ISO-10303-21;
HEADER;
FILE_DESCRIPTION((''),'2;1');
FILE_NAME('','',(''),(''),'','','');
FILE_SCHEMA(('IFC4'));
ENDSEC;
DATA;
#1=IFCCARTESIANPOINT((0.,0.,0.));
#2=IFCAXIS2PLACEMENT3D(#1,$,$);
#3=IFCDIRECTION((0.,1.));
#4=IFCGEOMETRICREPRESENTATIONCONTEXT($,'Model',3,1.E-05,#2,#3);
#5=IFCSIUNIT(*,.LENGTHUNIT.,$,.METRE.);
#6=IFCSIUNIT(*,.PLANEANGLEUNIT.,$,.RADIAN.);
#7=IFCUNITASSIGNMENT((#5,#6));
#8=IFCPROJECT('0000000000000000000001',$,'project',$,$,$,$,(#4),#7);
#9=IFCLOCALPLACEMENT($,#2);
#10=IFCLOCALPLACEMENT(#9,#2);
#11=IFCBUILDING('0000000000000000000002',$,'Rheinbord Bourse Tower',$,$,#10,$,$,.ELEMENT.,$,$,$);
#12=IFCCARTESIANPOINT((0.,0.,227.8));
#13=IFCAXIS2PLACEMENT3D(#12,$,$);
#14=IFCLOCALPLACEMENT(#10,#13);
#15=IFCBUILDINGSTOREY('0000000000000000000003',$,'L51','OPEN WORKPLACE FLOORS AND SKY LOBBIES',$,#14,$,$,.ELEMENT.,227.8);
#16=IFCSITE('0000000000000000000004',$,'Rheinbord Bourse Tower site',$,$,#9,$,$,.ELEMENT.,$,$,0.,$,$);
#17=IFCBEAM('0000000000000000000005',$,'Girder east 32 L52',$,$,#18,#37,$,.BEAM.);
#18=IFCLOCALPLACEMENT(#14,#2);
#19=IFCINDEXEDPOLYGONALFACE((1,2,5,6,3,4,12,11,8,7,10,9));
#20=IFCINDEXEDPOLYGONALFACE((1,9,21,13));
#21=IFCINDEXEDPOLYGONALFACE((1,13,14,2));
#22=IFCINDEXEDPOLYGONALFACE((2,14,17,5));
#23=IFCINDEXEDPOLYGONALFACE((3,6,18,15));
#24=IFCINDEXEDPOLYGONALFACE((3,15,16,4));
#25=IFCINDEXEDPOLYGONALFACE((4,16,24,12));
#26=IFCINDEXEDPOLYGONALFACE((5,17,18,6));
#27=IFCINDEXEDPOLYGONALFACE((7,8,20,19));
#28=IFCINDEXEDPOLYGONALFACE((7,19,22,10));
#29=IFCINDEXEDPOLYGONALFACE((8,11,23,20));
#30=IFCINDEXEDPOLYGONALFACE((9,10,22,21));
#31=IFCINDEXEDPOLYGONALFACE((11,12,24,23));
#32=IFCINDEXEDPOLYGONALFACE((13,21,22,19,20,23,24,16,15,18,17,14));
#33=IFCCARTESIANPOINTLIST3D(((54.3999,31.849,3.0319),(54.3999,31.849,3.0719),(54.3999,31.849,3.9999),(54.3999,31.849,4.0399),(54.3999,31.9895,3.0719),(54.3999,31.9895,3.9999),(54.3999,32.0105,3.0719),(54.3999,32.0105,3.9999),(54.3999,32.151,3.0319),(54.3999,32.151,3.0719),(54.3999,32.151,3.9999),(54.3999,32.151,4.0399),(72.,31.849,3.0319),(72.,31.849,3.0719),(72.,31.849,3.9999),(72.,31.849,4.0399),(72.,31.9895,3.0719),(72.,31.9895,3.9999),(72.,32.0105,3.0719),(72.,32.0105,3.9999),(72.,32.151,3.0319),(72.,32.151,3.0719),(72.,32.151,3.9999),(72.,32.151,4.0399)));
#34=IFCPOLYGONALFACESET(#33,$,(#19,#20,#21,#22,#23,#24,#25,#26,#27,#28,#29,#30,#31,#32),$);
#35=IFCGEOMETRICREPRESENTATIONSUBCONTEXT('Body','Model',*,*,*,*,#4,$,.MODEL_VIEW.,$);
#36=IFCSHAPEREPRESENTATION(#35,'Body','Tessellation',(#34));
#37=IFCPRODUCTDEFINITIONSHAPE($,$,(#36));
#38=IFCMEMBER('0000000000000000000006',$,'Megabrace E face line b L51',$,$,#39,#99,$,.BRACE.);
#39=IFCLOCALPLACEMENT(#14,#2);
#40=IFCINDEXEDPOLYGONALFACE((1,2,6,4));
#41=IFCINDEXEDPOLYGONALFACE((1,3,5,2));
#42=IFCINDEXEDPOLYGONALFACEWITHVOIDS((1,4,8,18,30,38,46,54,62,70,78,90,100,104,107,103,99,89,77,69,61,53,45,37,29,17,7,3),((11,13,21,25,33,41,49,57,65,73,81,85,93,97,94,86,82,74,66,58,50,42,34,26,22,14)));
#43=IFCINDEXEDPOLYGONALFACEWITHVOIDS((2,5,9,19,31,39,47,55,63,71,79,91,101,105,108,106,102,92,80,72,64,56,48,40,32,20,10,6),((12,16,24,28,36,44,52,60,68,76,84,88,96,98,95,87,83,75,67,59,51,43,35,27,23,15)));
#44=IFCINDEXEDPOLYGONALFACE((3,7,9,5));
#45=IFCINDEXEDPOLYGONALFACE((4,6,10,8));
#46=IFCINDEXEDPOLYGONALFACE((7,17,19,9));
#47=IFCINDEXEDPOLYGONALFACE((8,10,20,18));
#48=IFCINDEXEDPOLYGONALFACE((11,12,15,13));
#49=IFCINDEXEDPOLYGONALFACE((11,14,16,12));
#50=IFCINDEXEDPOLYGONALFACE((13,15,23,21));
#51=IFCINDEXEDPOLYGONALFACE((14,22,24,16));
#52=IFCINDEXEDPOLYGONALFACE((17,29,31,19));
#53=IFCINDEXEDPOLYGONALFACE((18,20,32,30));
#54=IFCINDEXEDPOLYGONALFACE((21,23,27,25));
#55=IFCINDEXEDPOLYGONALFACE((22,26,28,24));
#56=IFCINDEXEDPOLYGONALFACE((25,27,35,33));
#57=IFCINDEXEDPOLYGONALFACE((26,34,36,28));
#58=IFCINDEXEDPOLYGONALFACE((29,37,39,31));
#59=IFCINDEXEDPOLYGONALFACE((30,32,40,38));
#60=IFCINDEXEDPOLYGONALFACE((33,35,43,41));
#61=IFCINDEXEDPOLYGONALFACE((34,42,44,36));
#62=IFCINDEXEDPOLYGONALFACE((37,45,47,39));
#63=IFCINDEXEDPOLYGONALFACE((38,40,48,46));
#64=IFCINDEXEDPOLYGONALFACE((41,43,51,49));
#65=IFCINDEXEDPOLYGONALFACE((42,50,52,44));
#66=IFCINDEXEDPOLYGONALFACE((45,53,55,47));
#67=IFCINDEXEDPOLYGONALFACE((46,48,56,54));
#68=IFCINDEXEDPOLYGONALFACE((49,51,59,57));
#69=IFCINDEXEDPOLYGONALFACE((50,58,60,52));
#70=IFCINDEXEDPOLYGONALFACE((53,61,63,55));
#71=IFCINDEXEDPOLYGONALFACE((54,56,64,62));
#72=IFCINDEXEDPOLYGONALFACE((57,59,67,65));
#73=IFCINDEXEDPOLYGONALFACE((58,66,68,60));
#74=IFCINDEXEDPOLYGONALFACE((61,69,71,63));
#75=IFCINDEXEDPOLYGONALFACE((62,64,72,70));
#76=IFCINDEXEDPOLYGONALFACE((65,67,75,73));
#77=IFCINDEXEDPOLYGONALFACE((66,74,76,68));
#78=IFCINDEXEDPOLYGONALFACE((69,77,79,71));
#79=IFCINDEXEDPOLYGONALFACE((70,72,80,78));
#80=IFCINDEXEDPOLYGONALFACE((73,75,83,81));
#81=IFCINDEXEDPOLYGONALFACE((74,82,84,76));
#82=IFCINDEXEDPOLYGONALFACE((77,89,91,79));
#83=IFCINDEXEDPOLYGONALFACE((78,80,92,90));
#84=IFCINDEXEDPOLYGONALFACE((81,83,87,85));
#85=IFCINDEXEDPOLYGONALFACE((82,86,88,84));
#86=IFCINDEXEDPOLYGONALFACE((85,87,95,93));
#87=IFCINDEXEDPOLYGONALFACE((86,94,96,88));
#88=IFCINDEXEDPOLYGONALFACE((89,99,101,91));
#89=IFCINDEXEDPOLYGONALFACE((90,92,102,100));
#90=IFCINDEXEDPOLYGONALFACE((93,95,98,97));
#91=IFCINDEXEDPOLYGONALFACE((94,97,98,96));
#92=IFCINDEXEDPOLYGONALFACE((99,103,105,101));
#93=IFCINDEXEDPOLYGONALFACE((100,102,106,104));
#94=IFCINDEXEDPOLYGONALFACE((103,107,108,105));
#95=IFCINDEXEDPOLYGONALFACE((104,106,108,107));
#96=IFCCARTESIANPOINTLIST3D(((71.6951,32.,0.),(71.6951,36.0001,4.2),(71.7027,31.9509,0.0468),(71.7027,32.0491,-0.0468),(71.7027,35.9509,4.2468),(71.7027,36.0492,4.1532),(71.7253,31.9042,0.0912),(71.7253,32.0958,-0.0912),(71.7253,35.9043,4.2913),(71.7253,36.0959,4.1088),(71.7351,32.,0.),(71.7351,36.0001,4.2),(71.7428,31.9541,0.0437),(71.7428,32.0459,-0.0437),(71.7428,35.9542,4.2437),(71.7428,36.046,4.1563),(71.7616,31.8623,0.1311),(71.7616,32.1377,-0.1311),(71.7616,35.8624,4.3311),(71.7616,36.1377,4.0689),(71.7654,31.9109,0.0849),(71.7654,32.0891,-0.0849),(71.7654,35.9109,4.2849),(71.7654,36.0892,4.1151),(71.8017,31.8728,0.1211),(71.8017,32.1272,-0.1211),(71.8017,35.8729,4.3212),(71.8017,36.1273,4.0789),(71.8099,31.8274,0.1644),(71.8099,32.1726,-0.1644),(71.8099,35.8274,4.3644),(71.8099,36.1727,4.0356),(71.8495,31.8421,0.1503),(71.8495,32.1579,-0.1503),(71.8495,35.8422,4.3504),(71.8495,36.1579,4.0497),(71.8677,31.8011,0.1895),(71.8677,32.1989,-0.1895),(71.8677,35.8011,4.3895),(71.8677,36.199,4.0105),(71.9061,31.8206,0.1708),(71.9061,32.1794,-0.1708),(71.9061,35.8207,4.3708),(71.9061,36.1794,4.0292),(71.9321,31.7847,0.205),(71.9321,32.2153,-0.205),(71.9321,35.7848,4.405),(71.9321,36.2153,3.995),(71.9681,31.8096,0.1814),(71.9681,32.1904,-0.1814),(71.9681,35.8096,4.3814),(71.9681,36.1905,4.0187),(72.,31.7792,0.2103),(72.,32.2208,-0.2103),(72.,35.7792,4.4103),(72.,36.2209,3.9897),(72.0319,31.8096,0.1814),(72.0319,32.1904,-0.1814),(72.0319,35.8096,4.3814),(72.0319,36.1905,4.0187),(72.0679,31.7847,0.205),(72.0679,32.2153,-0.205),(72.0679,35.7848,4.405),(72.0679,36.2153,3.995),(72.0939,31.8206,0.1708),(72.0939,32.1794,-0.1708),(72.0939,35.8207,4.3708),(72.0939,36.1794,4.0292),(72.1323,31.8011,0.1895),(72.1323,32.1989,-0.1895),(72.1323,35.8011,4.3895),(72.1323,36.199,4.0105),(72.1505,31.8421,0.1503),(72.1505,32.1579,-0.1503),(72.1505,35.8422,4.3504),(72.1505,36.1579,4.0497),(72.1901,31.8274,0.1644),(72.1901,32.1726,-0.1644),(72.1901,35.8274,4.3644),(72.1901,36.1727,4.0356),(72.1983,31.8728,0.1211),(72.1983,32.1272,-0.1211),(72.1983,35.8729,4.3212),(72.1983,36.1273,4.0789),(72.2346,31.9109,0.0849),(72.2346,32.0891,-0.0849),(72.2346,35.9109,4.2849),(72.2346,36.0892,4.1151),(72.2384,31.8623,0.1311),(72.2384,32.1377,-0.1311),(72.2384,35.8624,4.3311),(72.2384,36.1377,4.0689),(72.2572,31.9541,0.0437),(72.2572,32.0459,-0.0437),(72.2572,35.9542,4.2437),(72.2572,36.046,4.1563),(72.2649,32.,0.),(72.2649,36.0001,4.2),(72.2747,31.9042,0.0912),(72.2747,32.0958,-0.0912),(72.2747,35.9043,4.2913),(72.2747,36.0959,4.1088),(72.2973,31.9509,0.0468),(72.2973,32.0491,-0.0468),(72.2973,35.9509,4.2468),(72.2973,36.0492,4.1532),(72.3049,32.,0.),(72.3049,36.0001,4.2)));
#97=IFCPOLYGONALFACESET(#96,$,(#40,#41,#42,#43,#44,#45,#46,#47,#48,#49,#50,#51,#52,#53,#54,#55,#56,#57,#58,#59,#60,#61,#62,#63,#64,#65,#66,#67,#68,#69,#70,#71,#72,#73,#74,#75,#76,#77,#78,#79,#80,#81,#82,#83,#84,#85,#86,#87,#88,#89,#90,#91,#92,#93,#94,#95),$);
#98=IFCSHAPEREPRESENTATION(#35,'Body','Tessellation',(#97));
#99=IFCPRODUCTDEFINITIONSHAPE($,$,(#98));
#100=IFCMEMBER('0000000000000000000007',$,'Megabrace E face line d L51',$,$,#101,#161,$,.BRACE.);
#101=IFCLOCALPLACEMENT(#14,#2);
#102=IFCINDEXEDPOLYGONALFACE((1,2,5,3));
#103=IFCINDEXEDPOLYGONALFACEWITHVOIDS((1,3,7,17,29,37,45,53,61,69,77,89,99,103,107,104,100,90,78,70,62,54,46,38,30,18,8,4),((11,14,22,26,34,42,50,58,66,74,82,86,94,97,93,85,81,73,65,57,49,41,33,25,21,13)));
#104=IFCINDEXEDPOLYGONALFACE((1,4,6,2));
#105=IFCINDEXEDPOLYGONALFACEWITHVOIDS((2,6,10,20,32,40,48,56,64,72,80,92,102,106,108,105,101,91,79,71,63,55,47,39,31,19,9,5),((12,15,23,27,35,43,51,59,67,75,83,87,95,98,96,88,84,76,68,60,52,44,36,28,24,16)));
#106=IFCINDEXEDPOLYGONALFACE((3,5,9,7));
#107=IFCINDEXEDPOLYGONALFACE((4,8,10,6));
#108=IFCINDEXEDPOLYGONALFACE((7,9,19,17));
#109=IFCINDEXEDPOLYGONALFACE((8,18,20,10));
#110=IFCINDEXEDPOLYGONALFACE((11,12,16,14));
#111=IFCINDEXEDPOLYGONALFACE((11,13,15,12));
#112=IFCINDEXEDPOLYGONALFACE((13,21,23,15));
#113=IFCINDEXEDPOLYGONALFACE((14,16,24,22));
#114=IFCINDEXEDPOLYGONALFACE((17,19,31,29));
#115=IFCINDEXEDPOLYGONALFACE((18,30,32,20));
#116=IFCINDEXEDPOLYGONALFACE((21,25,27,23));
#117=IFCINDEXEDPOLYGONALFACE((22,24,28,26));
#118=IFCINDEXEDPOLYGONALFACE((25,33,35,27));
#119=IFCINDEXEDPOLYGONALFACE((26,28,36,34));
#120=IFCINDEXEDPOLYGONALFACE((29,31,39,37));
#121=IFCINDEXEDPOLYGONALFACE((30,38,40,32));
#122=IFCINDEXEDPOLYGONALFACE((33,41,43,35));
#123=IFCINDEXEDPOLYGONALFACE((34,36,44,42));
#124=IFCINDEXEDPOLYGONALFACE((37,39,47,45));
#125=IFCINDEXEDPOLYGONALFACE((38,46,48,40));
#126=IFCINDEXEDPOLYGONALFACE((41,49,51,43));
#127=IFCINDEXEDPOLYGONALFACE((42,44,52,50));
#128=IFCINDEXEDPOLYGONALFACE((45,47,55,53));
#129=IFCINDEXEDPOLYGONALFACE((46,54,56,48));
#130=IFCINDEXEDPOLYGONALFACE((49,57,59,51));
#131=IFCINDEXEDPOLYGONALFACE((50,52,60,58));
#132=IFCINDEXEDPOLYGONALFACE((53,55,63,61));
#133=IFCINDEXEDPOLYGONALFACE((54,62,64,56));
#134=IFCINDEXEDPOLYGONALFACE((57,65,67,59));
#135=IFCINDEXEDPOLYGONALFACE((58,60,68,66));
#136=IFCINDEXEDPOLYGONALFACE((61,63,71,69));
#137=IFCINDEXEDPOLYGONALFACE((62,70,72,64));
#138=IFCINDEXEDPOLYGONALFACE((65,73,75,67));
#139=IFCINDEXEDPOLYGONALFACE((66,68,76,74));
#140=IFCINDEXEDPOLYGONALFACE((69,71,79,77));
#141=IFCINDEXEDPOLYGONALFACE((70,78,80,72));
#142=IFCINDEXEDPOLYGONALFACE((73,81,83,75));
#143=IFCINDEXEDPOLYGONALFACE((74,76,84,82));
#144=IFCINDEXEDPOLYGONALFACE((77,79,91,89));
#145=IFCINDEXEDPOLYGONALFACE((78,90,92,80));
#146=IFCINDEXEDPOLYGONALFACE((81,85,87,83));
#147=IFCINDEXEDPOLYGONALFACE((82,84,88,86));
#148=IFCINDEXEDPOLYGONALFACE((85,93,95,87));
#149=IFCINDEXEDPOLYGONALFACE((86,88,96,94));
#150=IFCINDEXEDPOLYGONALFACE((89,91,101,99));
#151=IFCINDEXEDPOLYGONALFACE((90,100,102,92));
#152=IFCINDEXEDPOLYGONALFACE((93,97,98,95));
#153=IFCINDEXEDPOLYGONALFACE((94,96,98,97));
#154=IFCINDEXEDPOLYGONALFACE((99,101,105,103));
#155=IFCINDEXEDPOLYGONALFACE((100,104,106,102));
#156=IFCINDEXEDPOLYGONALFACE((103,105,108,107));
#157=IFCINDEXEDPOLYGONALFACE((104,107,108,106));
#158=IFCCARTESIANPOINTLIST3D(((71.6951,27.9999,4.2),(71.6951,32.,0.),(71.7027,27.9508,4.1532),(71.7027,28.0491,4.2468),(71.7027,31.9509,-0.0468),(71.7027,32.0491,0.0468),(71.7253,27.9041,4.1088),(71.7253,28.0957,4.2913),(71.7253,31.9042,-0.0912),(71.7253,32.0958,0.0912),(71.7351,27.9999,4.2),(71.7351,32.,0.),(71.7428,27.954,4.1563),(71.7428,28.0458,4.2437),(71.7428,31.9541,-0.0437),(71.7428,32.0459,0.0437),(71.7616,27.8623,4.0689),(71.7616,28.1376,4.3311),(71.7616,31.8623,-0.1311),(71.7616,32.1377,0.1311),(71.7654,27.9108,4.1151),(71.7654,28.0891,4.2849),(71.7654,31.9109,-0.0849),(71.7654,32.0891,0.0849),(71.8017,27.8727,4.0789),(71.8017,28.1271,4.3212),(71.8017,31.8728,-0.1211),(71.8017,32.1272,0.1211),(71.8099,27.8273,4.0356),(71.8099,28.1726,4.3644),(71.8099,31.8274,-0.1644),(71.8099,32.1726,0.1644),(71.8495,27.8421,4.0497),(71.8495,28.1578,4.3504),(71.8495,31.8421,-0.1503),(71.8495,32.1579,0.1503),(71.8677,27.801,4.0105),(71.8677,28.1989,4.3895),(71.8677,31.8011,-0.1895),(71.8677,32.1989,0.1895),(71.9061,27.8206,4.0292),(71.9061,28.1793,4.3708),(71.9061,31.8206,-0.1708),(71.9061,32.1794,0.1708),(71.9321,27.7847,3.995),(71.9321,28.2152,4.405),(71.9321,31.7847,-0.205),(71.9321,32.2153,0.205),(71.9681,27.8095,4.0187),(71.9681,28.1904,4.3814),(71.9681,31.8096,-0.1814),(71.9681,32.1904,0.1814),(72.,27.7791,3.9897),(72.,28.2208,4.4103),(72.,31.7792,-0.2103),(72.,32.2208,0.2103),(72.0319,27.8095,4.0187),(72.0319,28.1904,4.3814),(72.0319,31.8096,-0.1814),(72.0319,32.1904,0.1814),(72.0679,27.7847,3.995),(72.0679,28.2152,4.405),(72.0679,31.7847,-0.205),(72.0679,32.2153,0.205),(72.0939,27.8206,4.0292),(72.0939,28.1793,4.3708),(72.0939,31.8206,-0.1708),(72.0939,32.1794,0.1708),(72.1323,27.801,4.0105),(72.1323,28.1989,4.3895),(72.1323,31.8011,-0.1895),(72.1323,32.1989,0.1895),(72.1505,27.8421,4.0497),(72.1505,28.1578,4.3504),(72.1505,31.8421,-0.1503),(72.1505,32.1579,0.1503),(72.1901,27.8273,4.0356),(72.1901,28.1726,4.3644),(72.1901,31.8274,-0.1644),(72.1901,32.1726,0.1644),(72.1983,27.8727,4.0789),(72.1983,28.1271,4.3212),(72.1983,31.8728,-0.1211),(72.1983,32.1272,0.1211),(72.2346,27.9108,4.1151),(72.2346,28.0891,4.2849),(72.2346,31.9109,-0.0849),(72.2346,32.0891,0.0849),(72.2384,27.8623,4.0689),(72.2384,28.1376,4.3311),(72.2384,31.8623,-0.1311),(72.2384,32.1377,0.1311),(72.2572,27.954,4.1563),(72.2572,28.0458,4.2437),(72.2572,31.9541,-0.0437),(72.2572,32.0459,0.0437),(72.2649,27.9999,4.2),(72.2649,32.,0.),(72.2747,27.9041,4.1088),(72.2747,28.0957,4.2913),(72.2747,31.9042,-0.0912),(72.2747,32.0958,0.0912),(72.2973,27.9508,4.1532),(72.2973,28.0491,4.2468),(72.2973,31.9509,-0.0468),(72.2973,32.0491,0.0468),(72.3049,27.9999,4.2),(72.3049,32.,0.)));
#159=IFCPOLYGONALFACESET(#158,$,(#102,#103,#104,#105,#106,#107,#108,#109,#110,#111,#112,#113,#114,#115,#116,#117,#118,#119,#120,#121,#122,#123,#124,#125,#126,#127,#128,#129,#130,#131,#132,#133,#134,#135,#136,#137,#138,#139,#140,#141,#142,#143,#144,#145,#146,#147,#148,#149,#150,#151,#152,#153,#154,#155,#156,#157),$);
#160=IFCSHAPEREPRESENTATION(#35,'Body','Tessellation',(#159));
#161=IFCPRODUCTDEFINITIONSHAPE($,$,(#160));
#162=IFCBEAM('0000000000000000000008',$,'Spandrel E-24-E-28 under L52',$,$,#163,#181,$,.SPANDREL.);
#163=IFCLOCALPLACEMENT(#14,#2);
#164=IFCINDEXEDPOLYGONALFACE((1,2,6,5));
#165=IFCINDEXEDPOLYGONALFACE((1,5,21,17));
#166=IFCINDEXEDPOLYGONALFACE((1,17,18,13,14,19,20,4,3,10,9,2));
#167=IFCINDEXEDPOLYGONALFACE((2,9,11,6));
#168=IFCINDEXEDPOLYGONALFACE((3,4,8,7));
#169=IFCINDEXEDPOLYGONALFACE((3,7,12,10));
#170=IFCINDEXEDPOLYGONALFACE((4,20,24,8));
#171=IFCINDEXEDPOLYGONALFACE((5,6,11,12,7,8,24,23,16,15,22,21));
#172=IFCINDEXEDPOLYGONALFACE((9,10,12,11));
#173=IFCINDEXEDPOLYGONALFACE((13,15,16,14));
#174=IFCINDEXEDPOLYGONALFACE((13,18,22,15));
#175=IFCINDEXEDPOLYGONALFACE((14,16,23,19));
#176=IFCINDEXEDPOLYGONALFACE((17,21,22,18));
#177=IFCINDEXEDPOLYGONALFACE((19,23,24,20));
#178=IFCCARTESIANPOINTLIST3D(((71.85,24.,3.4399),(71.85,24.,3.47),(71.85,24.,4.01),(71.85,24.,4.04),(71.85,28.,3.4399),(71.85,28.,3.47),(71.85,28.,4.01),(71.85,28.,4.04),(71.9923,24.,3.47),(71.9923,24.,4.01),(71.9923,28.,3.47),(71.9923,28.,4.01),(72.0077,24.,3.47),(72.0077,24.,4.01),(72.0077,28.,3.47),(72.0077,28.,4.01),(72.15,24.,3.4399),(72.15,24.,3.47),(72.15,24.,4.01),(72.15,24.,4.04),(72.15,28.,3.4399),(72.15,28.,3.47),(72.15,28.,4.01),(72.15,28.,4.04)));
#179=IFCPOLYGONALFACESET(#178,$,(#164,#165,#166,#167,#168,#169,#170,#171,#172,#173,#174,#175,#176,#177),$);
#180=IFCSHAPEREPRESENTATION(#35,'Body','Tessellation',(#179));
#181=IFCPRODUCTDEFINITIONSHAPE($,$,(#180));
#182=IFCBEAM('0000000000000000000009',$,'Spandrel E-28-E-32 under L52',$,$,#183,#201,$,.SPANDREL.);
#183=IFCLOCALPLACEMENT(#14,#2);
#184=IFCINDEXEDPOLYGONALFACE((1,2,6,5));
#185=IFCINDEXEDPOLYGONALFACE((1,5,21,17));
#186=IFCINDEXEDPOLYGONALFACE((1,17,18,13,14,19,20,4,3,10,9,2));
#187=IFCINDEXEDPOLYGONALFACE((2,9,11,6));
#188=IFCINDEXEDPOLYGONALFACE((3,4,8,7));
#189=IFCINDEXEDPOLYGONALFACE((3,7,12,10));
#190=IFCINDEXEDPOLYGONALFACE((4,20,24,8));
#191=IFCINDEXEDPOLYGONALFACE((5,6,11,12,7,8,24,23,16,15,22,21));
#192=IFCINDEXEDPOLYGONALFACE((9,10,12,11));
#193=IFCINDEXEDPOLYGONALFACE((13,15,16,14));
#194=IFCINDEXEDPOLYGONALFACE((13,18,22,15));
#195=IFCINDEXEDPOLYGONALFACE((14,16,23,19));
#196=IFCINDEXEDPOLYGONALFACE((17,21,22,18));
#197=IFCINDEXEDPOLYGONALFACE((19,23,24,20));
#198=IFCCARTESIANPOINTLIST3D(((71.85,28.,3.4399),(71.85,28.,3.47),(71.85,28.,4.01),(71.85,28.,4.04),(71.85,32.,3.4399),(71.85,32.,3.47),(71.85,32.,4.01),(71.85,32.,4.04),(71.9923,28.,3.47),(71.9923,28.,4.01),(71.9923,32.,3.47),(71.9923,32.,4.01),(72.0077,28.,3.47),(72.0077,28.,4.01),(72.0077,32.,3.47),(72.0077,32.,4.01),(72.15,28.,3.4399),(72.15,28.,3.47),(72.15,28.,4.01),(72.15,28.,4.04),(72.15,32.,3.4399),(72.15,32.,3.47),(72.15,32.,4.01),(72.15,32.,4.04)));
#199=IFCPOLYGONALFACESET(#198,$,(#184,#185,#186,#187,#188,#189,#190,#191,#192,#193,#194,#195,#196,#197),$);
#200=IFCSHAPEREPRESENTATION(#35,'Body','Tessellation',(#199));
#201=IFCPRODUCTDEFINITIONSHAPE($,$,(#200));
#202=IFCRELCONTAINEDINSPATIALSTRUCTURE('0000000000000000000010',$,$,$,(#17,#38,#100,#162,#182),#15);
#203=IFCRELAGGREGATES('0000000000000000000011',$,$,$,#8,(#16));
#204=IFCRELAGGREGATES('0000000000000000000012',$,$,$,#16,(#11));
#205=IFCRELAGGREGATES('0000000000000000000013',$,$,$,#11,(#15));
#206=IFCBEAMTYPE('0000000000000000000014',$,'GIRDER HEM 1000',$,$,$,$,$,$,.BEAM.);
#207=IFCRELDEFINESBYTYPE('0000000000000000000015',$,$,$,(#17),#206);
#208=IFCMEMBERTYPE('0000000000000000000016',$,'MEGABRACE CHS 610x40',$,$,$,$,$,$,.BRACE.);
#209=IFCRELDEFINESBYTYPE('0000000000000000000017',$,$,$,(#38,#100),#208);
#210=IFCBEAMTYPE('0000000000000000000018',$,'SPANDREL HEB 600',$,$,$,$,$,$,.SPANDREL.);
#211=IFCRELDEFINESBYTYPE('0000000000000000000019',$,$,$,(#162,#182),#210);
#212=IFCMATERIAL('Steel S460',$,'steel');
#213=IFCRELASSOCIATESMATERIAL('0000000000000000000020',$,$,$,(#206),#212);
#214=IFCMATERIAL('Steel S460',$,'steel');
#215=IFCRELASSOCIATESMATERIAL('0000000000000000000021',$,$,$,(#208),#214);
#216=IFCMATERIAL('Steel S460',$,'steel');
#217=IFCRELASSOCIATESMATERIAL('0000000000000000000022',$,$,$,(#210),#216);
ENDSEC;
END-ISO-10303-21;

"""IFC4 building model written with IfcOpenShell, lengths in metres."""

from ifc_helpers import new_model, si_unit, direction, frame, origin, origin_2d, place, context, subcontext, project, spatial, hollow_circle, i_section, extrude, material, material_profile, profile_set, type_object, element, save


model = new_model("IFC4")

# Units and contexts
model_context = context("Model", 3, precision=1e-05, world=origin(), true_north=direction((0.0, 1.0)))
body_context = subcontext(model_context, "Body", "Model", "MODEL_VIEW")
ifc_project = project(units=[si_unit("LENGTHUNIT", "METRE"), si_unit("PLANEANGLEUNIT", "RADIAN")], contexts=[model_context])

# Site, building, storey
site_placement = place(None, origin())
site = spatial("IfcSite", under=ifc_project, at=site_placement, Name="Rheinbord Bourse Tower site", CompositionType="ELEMENT", RefElevation=0.0)
building_placement = place(site_placement, origin())
building = spatial("IfcBuilding", under=site, at=building_placement, Name="Rheinbord Bourse Tower", CompositionType="ELEMENT")
storey_placement = place(building_placement, frame((0.0, 0.0, 227.8)))
storey = spatial("IfcBuildingStorey", under=building, at=storey_placement, Name="L51", Description="OPEN WORKPLACE FLOORS AND SKY LOBBIES", CompositionType="ELEMENT", Elevation=227.8)

# Beam
ifc_material_1 = material(Name="Steel S460", Category="steel")
ifc_material_profile_1 = material_profile(ifc_material_1, i_section(OverallWidth=0.302, OverallDepth=1.0081, WebThickness=0.021, FlangeThickness=0.04, at=origin_2d()), Name="HEM 1000")
ifc_profile_set_1 = profile_set([ifc_material_profile_1], Name="Steel S460")
beam_type_1 = type_object("IfcBeamType", Name="GIRDER HEM 1000", PredefinedType="BEAM", material=ifc_profile_set_1)
beam_placement = place(storey_placement, frame((54.3999, 32.0, 3.5359), z_axis=(1.0, 0.0, 0.0), x_axis=(0.0, 1.0, 0.0)))
element("IfcBeam", 1, at=beam_placement, inside=storey, type_object=beam_type_1, Name="Girder east 32 L52", PredefinedType="BEAM", context=body_context, shape_type="SweptSolid", body=[
    extrude(i_section(OverallWidth=0.302, OverallDepth=1.0081, WebThickness=0.021, FlangeThickness=0.04, at=origin_2d()), origin(), (0.0, 0.0, 1.0), 17.6001),
])

# Members
ifc_material_2 = material(Name="Steel S460", Category="steel")
ifc_material_profile_2 = material_profile(ifc_material_2, hollow_circle(Radius=0.3049, WallThickness=0.04, at=origin_2d()), Name="CHS 610x40")
ifc_profile_set_2 = profile_set([ifc_material_profile_2], Name="Steel S460")
member_type_1 = type_object("IfcMemberType", Name="MEGABRACE CHS 610x40", PredefinedType="BRACE", material=ifc_profile_set_2)
for number, where, z_axis, x_axis, name in (
    (2, (72.0, 32.0, 0.0), (0.0, 0.689659, 0.724134), (-1.0, 0.0, 0.0), "Megabrace E face line b L51"),
    (3, (72.0, 32.0, 0.0), (0.0, -0.689659, 0.724134), (1.0, 0.0, 0.0), "Megabrace E face line d L51"),
):
    element("IfcMember", number, at=place(storey_placement, frame(where, z_axis=z_axis, x_axis=x_axis)), inside=storey, type_object=member_type_1, Name=name, PredefinedType="BRACE", context=body_context, shape_type="SweptSolid", body=[
        extrude(hollow_circle(Radius=0.3049, WallThickness=0.04, at=origin_2d()), origin(), (0.0, 0.0, 1.0), 5.8),
    ])

# Beams
ifc_material_3 = material(Name="Steel S460", Category="steel")
ifc_material_profile_3 = material_profile(ifc_material_3, i_section(OverallWidth=0.3, OverallDepth=0.6001, WebThickness=0.0154, FlangeThickness=0.03, at=origin_2d()), Name="HEB 600")
ifc_profile_set_3 = profile_set([ifc_material_profile_3], Name="Steel S460")
beam_type_2 = type_object("IfcBeamType", Name="SPANDREL HEB 600", PredefinedType="SPANDREL", material=ifc_profile_set_3)
for number, where, z_axis, x_axis, name in (
    (4, (72.0, 24.0, 3.74), (0.0, 1.0, 0.0), (-1.0, 0.0, 0.0), "Spandrel E-24-E-28 under L52"),
    (5, (72.0, 28.0, 3.74), (0.0, 1.0, 0.0), (-1.0, 0.0, 0.0), "Spandrel E-28-E-32 under L52"),
):
    element("IfcBeam", number, at=place(storey_placement, frame(where, z_axis=z_axis, x_axis=x_axis)), inside=storey, type_object=beam_type_2, Name=name, PredefinedType="SPANDREL", context=body_context, shape_type="SweptSolid", body=[
        extrude(i_section(OverallWidth=0.3, OverallDepth=0.6001, WebThickness=0.0154, FlangeThickness=0.03, at=origin_2d()), origin(), (0.0, 0.0, 1.0), 4.0),
    ])

save(model, "model.ifc")
